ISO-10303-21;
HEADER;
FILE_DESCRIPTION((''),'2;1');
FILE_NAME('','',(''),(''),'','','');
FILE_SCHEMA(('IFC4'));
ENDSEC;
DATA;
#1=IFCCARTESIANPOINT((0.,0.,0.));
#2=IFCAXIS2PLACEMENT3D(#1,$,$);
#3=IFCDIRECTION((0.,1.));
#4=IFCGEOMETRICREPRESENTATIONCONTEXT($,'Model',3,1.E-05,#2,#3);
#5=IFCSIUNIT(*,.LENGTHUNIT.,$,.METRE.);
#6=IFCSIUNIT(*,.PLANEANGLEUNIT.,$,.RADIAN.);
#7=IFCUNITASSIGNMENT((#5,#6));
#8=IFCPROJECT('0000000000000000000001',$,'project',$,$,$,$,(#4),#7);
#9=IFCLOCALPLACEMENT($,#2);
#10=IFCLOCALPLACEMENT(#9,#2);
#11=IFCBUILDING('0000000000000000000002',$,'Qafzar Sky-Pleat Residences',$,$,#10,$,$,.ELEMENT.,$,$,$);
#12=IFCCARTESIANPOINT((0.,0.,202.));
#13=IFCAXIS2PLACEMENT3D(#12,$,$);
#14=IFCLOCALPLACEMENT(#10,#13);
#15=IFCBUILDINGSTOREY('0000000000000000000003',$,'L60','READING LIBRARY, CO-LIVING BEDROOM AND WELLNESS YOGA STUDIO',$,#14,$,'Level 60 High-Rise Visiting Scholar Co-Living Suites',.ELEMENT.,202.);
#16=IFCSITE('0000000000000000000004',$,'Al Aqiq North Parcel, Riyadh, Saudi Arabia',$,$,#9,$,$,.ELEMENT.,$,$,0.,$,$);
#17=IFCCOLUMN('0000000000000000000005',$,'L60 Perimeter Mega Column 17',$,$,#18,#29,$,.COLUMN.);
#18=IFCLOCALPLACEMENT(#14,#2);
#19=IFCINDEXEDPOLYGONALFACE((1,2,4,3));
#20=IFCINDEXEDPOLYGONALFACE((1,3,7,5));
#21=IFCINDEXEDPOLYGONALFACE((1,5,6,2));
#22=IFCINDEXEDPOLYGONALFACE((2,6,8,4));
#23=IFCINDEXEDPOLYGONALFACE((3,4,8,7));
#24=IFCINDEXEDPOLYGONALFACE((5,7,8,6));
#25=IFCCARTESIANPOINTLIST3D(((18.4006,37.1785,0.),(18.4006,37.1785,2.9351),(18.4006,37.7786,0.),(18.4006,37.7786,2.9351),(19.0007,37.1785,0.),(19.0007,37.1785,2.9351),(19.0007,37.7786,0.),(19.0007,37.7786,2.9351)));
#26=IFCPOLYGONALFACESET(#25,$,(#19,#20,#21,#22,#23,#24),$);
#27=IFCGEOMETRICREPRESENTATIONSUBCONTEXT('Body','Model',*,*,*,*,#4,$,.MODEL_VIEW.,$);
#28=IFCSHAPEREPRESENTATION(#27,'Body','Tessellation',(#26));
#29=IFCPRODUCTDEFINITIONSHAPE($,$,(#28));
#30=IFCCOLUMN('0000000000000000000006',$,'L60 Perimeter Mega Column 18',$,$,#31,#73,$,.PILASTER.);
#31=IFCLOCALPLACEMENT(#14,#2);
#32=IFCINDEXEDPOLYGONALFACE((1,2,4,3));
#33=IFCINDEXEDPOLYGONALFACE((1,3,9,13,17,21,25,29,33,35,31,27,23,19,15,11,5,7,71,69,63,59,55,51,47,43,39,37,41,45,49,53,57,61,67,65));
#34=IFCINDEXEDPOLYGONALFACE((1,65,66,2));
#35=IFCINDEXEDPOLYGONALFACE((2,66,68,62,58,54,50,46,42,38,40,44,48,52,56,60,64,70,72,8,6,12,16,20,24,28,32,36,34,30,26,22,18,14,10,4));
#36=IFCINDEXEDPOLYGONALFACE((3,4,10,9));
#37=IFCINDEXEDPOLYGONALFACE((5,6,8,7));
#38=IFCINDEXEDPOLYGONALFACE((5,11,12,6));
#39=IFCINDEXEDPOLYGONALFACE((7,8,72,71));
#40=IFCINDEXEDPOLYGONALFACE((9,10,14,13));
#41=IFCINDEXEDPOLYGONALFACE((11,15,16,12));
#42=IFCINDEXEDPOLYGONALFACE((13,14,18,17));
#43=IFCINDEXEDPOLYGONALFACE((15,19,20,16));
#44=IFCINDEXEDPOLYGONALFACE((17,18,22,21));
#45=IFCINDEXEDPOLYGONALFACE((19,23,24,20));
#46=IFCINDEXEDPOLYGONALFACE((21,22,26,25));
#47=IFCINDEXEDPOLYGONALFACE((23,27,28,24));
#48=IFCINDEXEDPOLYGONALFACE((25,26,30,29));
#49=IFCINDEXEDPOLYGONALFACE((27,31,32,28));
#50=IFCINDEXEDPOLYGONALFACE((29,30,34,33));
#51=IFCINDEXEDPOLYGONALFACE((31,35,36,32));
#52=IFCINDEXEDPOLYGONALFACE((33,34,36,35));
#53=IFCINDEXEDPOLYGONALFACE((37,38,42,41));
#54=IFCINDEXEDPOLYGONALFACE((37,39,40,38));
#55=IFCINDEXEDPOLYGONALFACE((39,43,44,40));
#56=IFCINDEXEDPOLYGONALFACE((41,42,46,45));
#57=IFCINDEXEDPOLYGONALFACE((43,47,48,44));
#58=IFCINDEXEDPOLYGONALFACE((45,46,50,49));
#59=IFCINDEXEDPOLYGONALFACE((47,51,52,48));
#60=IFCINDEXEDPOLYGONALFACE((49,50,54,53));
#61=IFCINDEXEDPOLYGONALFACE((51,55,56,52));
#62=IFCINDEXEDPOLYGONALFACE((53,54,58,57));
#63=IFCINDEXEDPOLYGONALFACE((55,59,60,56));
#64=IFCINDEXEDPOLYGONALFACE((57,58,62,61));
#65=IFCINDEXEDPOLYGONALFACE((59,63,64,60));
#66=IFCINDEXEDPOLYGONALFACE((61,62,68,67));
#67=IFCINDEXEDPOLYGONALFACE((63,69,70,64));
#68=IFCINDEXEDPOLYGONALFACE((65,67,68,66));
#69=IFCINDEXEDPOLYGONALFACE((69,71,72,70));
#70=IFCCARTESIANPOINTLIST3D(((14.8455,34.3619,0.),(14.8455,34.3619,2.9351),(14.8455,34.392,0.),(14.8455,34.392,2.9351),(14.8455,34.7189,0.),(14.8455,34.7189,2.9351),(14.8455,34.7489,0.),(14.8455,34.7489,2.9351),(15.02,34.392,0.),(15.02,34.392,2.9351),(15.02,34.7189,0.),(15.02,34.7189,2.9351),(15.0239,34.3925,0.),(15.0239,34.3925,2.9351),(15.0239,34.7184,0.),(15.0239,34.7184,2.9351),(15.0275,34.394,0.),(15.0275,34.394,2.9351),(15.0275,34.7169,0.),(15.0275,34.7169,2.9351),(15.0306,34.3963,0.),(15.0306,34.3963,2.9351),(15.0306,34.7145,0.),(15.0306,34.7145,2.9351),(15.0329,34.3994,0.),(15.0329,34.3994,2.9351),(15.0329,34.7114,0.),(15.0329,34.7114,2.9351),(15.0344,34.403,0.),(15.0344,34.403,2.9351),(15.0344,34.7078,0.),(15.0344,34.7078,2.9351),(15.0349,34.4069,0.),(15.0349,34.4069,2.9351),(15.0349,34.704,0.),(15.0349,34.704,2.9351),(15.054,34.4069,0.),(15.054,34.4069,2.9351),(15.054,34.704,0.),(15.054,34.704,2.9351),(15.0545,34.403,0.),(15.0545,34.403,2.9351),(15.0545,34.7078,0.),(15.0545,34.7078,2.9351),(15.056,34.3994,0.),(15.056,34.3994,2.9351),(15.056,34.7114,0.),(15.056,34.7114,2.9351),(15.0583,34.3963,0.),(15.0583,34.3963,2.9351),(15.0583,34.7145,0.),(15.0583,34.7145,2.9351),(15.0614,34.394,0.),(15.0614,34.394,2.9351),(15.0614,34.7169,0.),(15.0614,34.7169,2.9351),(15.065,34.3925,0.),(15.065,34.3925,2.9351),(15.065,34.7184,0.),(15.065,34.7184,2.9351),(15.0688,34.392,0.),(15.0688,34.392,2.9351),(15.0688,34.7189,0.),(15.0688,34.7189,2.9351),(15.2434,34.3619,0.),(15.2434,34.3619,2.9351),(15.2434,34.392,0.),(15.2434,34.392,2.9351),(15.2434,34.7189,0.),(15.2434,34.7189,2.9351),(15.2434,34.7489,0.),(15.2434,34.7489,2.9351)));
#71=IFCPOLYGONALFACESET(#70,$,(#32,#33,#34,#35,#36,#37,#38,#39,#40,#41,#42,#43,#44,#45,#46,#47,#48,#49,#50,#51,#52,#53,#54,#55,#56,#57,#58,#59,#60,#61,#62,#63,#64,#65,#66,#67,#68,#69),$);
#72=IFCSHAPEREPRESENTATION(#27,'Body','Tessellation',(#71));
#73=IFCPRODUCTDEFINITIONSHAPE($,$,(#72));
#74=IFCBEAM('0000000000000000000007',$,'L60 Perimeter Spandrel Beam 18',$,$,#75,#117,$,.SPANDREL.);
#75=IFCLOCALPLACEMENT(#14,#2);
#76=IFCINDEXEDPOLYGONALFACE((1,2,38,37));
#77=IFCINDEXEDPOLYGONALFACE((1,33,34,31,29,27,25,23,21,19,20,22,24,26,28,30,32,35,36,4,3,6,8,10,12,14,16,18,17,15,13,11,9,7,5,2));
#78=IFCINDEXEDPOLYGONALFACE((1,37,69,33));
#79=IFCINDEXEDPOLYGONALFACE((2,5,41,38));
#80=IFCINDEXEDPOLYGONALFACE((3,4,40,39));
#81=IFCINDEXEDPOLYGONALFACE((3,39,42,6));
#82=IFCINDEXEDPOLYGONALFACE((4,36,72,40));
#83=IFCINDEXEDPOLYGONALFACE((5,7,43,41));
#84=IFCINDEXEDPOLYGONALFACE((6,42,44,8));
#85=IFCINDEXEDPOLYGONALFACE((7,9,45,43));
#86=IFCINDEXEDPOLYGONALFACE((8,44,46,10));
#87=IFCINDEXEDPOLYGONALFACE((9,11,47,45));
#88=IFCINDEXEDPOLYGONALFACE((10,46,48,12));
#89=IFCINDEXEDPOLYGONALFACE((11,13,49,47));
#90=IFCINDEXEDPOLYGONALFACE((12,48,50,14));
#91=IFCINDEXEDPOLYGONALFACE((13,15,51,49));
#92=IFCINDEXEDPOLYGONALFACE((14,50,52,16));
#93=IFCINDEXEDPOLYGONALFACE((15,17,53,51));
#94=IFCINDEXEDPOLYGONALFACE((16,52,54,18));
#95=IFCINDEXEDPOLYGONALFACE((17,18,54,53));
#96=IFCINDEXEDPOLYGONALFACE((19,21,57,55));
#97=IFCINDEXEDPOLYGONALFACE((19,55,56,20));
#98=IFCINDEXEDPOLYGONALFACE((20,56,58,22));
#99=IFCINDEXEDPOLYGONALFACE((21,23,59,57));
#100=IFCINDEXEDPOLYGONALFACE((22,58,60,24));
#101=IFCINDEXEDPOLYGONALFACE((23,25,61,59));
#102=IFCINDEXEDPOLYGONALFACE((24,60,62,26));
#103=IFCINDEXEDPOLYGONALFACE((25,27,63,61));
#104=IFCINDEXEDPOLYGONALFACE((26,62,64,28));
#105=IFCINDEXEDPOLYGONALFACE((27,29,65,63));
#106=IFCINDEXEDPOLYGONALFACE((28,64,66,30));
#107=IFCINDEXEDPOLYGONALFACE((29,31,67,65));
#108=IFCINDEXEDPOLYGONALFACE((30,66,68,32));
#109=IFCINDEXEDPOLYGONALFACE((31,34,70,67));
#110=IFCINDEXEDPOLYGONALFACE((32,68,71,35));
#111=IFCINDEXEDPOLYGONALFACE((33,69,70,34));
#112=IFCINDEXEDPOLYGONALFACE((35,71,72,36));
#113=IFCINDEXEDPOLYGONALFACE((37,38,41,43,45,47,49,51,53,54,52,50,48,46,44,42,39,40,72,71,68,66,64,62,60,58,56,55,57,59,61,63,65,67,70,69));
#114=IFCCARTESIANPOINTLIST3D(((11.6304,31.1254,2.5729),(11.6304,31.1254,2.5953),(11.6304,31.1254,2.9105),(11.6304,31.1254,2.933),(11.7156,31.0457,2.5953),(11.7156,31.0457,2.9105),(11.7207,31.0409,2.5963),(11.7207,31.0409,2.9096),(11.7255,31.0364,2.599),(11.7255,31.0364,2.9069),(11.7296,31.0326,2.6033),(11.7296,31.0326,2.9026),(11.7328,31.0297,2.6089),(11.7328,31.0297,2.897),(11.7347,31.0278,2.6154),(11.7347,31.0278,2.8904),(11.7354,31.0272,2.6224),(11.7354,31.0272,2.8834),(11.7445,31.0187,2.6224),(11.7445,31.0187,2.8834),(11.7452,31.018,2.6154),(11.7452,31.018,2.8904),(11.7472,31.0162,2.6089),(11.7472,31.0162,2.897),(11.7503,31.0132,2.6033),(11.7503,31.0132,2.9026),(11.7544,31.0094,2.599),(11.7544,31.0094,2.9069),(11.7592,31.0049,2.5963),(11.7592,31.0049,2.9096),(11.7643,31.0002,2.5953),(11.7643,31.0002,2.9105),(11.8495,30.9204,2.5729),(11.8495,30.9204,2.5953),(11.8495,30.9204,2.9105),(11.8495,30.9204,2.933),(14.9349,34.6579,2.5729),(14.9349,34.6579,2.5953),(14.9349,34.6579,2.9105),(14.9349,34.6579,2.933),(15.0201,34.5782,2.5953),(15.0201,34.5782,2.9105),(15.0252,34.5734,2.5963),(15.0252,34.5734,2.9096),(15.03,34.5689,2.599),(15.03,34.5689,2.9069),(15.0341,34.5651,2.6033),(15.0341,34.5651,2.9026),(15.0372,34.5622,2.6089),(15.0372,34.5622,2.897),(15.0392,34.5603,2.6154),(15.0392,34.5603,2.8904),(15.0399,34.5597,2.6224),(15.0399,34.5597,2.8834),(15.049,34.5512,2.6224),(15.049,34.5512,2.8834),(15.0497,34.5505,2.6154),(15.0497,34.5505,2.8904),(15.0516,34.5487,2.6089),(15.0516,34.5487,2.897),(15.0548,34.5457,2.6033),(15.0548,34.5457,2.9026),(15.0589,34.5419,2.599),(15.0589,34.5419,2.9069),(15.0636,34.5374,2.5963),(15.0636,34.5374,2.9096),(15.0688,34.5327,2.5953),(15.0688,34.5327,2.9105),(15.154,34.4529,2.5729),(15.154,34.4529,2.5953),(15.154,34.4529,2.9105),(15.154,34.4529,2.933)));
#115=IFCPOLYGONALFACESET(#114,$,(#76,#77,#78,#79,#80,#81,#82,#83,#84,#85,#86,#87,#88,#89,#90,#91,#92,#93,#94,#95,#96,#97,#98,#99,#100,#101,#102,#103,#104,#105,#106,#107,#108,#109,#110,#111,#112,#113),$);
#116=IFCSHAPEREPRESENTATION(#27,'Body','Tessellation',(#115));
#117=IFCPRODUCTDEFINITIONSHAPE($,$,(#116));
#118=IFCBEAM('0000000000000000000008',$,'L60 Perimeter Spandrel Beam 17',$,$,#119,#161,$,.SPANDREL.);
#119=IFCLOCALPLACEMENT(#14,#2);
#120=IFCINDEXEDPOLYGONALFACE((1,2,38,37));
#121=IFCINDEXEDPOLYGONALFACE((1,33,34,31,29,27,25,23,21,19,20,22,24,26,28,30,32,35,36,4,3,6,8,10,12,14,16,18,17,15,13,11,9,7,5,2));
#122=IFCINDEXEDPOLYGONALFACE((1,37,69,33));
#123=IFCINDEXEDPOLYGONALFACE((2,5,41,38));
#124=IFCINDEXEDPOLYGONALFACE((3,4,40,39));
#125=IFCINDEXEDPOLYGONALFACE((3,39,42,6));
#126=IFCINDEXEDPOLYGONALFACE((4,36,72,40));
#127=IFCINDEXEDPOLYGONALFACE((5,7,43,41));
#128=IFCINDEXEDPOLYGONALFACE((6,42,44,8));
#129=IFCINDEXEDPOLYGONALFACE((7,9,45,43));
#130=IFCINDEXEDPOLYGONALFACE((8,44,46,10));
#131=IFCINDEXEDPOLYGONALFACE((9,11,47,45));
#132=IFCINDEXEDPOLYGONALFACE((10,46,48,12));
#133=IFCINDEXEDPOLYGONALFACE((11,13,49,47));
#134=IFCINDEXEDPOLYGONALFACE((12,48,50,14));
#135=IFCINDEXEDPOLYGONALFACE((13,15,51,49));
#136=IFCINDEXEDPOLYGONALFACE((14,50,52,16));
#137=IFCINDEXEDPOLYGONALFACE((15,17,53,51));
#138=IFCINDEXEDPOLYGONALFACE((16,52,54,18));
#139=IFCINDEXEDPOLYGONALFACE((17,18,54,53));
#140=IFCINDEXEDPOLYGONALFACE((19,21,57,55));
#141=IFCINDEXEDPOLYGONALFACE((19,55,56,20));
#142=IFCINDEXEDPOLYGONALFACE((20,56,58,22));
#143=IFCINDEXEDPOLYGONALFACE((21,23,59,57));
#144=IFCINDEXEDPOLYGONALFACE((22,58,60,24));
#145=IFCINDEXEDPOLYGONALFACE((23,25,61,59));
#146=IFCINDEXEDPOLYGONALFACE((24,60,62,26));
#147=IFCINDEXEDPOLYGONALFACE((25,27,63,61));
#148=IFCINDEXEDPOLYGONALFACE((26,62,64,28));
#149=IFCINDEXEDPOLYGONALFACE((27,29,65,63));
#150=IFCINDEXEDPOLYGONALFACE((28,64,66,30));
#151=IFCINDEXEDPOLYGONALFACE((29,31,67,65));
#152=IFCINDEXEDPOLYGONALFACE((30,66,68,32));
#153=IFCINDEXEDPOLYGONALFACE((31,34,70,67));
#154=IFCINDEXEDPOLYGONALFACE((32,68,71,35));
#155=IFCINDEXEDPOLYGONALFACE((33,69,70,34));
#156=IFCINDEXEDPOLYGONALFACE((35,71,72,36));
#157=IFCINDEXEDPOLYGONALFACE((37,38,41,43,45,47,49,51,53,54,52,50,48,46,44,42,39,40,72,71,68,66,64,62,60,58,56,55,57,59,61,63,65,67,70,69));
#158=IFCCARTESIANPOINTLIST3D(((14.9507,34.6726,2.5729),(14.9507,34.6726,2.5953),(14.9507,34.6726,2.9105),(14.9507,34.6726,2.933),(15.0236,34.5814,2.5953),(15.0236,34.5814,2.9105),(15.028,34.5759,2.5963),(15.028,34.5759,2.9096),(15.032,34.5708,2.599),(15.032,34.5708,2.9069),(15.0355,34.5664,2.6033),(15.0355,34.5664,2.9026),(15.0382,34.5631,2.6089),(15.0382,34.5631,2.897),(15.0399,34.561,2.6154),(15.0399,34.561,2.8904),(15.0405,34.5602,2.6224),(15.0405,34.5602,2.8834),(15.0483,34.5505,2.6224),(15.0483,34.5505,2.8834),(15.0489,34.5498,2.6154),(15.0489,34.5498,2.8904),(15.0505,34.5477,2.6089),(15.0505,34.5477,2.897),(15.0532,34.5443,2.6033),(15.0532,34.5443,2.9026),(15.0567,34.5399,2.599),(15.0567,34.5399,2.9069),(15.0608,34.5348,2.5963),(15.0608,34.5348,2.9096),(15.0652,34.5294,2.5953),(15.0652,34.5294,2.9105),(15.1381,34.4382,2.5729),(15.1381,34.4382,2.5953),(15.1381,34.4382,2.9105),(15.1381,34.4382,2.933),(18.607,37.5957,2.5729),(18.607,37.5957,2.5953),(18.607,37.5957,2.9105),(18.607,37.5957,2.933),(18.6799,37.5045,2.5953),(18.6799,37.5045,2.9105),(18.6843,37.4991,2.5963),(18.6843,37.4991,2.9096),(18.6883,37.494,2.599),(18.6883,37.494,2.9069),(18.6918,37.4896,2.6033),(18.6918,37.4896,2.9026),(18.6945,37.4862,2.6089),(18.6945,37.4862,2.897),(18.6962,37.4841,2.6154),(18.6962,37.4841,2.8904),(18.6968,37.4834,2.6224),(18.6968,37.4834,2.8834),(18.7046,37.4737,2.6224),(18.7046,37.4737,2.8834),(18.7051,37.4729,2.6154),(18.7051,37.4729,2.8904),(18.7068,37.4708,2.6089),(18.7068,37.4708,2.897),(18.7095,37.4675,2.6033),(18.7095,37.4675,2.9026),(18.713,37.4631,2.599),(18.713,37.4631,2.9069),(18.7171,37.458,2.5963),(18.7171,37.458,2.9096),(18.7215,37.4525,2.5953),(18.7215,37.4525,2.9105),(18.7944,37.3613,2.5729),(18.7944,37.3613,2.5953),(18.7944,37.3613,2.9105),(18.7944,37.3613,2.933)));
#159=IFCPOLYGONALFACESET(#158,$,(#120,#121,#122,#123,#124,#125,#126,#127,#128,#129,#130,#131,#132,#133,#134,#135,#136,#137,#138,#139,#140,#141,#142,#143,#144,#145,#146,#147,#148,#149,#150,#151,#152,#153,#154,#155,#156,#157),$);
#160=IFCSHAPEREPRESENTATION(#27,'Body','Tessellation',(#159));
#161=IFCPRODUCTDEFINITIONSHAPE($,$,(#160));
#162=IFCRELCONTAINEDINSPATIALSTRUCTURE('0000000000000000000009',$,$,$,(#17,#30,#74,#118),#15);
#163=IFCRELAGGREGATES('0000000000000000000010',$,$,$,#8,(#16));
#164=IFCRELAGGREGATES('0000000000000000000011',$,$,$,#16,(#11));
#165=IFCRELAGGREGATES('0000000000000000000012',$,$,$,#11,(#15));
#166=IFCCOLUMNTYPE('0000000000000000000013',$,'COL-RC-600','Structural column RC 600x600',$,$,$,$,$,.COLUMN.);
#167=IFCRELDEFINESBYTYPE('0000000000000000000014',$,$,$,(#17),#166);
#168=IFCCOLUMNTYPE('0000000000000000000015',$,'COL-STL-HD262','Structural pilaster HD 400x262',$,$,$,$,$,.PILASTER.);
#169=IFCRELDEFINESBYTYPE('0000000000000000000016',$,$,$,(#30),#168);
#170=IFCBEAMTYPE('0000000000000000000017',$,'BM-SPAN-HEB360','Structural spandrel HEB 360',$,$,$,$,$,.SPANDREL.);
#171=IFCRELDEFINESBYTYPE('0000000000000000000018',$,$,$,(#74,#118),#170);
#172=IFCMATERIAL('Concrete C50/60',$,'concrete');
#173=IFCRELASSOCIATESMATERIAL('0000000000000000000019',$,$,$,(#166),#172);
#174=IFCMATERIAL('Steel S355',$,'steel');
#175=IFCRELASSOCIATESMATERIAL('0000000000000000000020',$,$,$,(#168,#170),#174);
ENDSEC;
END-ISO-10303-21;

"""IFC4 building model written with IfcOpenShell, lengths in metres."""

from ifc_helpers import new_model, si_unit, direction, frame, origin, origin_2d, place, context, subcontext, project, spatial, rectangle, i_section, extrude, source, transform, mapped, material, material_profile, profile_set, type_object, element, save


model = new_model("IFC4")

# Units and contexts
model_context = context("Model", 3, precision=1e-05, world=origin(), true_north=direction((0.0, 1.0)))
body_context = subcontext(model_context, "Body", "Model", "MODEL_VIEW")
ifc_project = project(units=[si_unit("LENGTHUNIT", "METRE"), si_unit("PLANEANGLEUNIT", "RADIAN")], contexts=[model_context])

# Site, building, storey
site_placement = place(None, origin())
site = spatial("IfcSite", under=ifc_project, at=site_placement, Name="Al Aqiq North Parcel, Riyadh, Saudi Arabia", CompositionType="ELEMENT", RefElevation=0.0)
building_placement = place(site_placement, origin())
building = spatial("IfcBuilding", under=site, at=building_placement, Name="Qafzar Sky-Pleat Residences", CompositionType="ELEMENT")
storey_placement = place(building_placement, frame((0.0, 0.0, 202.0)))
storey = spatial("IfcBuildingStorey", under=building, at=storey_placement, Name="L60", Description="READING LIBRARY, CO-LIVING BEDROOM AND WELLNESS YOGA STUDIO", LongName="Level 60 High-Rise Visiting Scholar Co-Living Suites", CompositionType="ELEMENT", Elevation=202.0)

# Columns
ifc_material_1 = material(Name="Concrete C50/60", Category="concrete")
ifc_material_profile_1 = material_profile(ifc_material_1, rectangle(XDim=0.6001, YDim=0.6001, at=origin_2d()), Name="RC 600x600")
ifc_profile_set_1 = profile_set([ifc_material_profile_1], Name="Concrete C50/60")
column_type_1 = type_object("IfcColumnType", Name="COL-RC-600", Description="Structural column RC 600x600", PredefinedType="COLUMN", material=ifc_profile_set_1)
shared_shape_1 = source(origin(), body_context, "Body", "SweptSolid", [
    extrude(rectangle(XDim=0.6001, YDim=0.6001, at=origin_2d()), origin(), (0.0, 0.0, 1.0), 2.9351),
])
column_1_placement = place(storey_placement, frame((18.7007, 37.4785, 0.0), z_axis=(0.0, 0.0, 1.0), x_axis=(1.0, 0.0, 0.0)))
element("IfcColumn", 1, at=column_1_placement, inside=storey, type_object=column_type_1, Name="L60 Perimeter Mega Column 17", PredefinedType="COLUMN", context=body_context, shape_type="MappedRepresentation", body=[
    mapped(shared_shape_1, transform((0.0, 0.0, 0.0), x_axis=(1.0, 0.0, 0.0), y_axis=(0.0, 1.0, 0.0), z_axis=(0.0, 0.0, 1.0), scale=1.0)),
])
ifc_material_2 = material(Name="Steel S355", Category="steel")
ifc_material_profile_2 = material_profile(ifc_material_2, i_section(OverallWidth=0.3979, OverallDepth=0.387, WebThickness=0.019, FlangeThickness=0.03, FilletRadius=0.0149, at=origin_2d()), Name="HD 400x262")
ifc_profile_set_2 = profile_set([ifc_material_profile_2], Name="Steel S355")
column_type_2 = type_object("IfcColumnType", Name="COL-STL-HD262", Description="Structural pilaster HD 400x262", PredefinedType="PILASTER", material=ifc_profile_set_2)
shared_shape_2 = source(origin(), body_context, "Body", "SweptSolid", [
    extrude(i_section(OverallWidth=0.3979, OverallDepth=0.387, WebThickness=0.019, FlangeThickness=0.03, FilletRadius=0.0149, at=origin_2d()), origin(), (0.0, 0.0, 1.0), 2.9351),
])
column_2_placement = place(storey_placement, frame((15.0444, 34.5554, 0.0), z_axis=(0.0, 0.0, 1.0), x_axis=(1.0, 0.0, 0.0)))
element("IfcColumn", 2, at=column_2_placement, inside=storey, type_object=column_type_2, Name="L60 Perimeter Mega Column 18", PredefinedType="PILASTER", context=body_context, shape_type="MappedRepresentation", body=[
    mapped(shared_shape_2, transform((0.0, 0.0, 0.0), x_axis=(1.0, 0.0, 0.0), y_axis=(0.0, 1.0, 0.0), z_axis=(0.0, 0.0, 1.0), scale=1.0)),
])

# Beams
ifc_material_profile_3 = material_profile(ifc_material_2, i_section(OverallWidth=0.3, OverallDepth=0.3601, WebThickness=0.0125, FlangeThickness=0.0225, FilletRadius=0.0271, at=origin_2d()), Name="HEB 360")
ifc_profile_set_3 = profile_set([ifc_material_profile_3], Name="Steel S355")
beam_type_1 = type_object("IfcBeamType", Name="BM-SPAN-HEB360", Description="Structural spandrel HEB 360", PredefinedType="SPANDREL", material=ifc_profile_set_3)
shared_shape_3 = source(origin(), body_context, "Body", "SweptSolid", [
    extrude(i_section(OverallWidth=0.3, OverallDepth=0.3601, WebThickness=0.0125, FlangeThickness=0.0225, FilletRadius=0.0271, at=origin_2d()), origin(), (0.0, 0.0, 1.0), 4.8372),
])
beam_1_placement = place(storey_placement, frame((15.0444, 34.5554, 2.7529), z_axis=(-0.683143, -0.730284, 0.0), x_axis=(0.730284, -0.683143, 0.0)))
element("IfcBeam", 3, at=beam_1_placement, inside=storey, type_object=beam_type_1, Name="L60 Perimeter Spandrel Beam 18", PredefinedType="SPANDREL", context=body_context, shape_type="MappedRepresentation", body=[
    mapped(shared_shape_3, transform((0.0, 0.0, 0.0), x_axis=(1.0, 0.0, 0.0), y_axis=(0.0, 1.0, 0.0), z_axis=(0.0, 0.0, 1.0), scale=1.0)),
])
shared_shape_4 = source(origin(), body_context, "Body", "SweptSolid", [
    extrude(i_section(OverallWidth=0.3, OverallDepth=0.3601, WebThickness=0.0125, FlangeThickness=0.0225, FilletRadius=0.0271, at=origin_2d()), origin(), (0.0, 0.0, 1.0), 4.6812),
])
beam_2_placement = place(storey_placement, frame((18.7007, 37.4785, 2.7529), z_axis=(-0.781067, -0.624447, 0.0), x_axis=(0.624447, -0.781067, 0.0)))
element("IfcBeam", 4, at=beam_2_placement, inside=storey, type_object=beam_type_1, Name="L60 Perimeter Spandrel Beam 17", PredefinedType="SPANDREL", context=body_context, shape_type="MappedRepresentation", body=[
    mapped(shared_shape_4, transform((0.0, 0.0, 0.0), x_axis=(1.0, 0.0, 0.0), y_axis=(0.0, 1.0, 0.0), z_axis=(0.0, 0.0, 1.0), scale=1.0)),
])

save(model, "model.ifc")
